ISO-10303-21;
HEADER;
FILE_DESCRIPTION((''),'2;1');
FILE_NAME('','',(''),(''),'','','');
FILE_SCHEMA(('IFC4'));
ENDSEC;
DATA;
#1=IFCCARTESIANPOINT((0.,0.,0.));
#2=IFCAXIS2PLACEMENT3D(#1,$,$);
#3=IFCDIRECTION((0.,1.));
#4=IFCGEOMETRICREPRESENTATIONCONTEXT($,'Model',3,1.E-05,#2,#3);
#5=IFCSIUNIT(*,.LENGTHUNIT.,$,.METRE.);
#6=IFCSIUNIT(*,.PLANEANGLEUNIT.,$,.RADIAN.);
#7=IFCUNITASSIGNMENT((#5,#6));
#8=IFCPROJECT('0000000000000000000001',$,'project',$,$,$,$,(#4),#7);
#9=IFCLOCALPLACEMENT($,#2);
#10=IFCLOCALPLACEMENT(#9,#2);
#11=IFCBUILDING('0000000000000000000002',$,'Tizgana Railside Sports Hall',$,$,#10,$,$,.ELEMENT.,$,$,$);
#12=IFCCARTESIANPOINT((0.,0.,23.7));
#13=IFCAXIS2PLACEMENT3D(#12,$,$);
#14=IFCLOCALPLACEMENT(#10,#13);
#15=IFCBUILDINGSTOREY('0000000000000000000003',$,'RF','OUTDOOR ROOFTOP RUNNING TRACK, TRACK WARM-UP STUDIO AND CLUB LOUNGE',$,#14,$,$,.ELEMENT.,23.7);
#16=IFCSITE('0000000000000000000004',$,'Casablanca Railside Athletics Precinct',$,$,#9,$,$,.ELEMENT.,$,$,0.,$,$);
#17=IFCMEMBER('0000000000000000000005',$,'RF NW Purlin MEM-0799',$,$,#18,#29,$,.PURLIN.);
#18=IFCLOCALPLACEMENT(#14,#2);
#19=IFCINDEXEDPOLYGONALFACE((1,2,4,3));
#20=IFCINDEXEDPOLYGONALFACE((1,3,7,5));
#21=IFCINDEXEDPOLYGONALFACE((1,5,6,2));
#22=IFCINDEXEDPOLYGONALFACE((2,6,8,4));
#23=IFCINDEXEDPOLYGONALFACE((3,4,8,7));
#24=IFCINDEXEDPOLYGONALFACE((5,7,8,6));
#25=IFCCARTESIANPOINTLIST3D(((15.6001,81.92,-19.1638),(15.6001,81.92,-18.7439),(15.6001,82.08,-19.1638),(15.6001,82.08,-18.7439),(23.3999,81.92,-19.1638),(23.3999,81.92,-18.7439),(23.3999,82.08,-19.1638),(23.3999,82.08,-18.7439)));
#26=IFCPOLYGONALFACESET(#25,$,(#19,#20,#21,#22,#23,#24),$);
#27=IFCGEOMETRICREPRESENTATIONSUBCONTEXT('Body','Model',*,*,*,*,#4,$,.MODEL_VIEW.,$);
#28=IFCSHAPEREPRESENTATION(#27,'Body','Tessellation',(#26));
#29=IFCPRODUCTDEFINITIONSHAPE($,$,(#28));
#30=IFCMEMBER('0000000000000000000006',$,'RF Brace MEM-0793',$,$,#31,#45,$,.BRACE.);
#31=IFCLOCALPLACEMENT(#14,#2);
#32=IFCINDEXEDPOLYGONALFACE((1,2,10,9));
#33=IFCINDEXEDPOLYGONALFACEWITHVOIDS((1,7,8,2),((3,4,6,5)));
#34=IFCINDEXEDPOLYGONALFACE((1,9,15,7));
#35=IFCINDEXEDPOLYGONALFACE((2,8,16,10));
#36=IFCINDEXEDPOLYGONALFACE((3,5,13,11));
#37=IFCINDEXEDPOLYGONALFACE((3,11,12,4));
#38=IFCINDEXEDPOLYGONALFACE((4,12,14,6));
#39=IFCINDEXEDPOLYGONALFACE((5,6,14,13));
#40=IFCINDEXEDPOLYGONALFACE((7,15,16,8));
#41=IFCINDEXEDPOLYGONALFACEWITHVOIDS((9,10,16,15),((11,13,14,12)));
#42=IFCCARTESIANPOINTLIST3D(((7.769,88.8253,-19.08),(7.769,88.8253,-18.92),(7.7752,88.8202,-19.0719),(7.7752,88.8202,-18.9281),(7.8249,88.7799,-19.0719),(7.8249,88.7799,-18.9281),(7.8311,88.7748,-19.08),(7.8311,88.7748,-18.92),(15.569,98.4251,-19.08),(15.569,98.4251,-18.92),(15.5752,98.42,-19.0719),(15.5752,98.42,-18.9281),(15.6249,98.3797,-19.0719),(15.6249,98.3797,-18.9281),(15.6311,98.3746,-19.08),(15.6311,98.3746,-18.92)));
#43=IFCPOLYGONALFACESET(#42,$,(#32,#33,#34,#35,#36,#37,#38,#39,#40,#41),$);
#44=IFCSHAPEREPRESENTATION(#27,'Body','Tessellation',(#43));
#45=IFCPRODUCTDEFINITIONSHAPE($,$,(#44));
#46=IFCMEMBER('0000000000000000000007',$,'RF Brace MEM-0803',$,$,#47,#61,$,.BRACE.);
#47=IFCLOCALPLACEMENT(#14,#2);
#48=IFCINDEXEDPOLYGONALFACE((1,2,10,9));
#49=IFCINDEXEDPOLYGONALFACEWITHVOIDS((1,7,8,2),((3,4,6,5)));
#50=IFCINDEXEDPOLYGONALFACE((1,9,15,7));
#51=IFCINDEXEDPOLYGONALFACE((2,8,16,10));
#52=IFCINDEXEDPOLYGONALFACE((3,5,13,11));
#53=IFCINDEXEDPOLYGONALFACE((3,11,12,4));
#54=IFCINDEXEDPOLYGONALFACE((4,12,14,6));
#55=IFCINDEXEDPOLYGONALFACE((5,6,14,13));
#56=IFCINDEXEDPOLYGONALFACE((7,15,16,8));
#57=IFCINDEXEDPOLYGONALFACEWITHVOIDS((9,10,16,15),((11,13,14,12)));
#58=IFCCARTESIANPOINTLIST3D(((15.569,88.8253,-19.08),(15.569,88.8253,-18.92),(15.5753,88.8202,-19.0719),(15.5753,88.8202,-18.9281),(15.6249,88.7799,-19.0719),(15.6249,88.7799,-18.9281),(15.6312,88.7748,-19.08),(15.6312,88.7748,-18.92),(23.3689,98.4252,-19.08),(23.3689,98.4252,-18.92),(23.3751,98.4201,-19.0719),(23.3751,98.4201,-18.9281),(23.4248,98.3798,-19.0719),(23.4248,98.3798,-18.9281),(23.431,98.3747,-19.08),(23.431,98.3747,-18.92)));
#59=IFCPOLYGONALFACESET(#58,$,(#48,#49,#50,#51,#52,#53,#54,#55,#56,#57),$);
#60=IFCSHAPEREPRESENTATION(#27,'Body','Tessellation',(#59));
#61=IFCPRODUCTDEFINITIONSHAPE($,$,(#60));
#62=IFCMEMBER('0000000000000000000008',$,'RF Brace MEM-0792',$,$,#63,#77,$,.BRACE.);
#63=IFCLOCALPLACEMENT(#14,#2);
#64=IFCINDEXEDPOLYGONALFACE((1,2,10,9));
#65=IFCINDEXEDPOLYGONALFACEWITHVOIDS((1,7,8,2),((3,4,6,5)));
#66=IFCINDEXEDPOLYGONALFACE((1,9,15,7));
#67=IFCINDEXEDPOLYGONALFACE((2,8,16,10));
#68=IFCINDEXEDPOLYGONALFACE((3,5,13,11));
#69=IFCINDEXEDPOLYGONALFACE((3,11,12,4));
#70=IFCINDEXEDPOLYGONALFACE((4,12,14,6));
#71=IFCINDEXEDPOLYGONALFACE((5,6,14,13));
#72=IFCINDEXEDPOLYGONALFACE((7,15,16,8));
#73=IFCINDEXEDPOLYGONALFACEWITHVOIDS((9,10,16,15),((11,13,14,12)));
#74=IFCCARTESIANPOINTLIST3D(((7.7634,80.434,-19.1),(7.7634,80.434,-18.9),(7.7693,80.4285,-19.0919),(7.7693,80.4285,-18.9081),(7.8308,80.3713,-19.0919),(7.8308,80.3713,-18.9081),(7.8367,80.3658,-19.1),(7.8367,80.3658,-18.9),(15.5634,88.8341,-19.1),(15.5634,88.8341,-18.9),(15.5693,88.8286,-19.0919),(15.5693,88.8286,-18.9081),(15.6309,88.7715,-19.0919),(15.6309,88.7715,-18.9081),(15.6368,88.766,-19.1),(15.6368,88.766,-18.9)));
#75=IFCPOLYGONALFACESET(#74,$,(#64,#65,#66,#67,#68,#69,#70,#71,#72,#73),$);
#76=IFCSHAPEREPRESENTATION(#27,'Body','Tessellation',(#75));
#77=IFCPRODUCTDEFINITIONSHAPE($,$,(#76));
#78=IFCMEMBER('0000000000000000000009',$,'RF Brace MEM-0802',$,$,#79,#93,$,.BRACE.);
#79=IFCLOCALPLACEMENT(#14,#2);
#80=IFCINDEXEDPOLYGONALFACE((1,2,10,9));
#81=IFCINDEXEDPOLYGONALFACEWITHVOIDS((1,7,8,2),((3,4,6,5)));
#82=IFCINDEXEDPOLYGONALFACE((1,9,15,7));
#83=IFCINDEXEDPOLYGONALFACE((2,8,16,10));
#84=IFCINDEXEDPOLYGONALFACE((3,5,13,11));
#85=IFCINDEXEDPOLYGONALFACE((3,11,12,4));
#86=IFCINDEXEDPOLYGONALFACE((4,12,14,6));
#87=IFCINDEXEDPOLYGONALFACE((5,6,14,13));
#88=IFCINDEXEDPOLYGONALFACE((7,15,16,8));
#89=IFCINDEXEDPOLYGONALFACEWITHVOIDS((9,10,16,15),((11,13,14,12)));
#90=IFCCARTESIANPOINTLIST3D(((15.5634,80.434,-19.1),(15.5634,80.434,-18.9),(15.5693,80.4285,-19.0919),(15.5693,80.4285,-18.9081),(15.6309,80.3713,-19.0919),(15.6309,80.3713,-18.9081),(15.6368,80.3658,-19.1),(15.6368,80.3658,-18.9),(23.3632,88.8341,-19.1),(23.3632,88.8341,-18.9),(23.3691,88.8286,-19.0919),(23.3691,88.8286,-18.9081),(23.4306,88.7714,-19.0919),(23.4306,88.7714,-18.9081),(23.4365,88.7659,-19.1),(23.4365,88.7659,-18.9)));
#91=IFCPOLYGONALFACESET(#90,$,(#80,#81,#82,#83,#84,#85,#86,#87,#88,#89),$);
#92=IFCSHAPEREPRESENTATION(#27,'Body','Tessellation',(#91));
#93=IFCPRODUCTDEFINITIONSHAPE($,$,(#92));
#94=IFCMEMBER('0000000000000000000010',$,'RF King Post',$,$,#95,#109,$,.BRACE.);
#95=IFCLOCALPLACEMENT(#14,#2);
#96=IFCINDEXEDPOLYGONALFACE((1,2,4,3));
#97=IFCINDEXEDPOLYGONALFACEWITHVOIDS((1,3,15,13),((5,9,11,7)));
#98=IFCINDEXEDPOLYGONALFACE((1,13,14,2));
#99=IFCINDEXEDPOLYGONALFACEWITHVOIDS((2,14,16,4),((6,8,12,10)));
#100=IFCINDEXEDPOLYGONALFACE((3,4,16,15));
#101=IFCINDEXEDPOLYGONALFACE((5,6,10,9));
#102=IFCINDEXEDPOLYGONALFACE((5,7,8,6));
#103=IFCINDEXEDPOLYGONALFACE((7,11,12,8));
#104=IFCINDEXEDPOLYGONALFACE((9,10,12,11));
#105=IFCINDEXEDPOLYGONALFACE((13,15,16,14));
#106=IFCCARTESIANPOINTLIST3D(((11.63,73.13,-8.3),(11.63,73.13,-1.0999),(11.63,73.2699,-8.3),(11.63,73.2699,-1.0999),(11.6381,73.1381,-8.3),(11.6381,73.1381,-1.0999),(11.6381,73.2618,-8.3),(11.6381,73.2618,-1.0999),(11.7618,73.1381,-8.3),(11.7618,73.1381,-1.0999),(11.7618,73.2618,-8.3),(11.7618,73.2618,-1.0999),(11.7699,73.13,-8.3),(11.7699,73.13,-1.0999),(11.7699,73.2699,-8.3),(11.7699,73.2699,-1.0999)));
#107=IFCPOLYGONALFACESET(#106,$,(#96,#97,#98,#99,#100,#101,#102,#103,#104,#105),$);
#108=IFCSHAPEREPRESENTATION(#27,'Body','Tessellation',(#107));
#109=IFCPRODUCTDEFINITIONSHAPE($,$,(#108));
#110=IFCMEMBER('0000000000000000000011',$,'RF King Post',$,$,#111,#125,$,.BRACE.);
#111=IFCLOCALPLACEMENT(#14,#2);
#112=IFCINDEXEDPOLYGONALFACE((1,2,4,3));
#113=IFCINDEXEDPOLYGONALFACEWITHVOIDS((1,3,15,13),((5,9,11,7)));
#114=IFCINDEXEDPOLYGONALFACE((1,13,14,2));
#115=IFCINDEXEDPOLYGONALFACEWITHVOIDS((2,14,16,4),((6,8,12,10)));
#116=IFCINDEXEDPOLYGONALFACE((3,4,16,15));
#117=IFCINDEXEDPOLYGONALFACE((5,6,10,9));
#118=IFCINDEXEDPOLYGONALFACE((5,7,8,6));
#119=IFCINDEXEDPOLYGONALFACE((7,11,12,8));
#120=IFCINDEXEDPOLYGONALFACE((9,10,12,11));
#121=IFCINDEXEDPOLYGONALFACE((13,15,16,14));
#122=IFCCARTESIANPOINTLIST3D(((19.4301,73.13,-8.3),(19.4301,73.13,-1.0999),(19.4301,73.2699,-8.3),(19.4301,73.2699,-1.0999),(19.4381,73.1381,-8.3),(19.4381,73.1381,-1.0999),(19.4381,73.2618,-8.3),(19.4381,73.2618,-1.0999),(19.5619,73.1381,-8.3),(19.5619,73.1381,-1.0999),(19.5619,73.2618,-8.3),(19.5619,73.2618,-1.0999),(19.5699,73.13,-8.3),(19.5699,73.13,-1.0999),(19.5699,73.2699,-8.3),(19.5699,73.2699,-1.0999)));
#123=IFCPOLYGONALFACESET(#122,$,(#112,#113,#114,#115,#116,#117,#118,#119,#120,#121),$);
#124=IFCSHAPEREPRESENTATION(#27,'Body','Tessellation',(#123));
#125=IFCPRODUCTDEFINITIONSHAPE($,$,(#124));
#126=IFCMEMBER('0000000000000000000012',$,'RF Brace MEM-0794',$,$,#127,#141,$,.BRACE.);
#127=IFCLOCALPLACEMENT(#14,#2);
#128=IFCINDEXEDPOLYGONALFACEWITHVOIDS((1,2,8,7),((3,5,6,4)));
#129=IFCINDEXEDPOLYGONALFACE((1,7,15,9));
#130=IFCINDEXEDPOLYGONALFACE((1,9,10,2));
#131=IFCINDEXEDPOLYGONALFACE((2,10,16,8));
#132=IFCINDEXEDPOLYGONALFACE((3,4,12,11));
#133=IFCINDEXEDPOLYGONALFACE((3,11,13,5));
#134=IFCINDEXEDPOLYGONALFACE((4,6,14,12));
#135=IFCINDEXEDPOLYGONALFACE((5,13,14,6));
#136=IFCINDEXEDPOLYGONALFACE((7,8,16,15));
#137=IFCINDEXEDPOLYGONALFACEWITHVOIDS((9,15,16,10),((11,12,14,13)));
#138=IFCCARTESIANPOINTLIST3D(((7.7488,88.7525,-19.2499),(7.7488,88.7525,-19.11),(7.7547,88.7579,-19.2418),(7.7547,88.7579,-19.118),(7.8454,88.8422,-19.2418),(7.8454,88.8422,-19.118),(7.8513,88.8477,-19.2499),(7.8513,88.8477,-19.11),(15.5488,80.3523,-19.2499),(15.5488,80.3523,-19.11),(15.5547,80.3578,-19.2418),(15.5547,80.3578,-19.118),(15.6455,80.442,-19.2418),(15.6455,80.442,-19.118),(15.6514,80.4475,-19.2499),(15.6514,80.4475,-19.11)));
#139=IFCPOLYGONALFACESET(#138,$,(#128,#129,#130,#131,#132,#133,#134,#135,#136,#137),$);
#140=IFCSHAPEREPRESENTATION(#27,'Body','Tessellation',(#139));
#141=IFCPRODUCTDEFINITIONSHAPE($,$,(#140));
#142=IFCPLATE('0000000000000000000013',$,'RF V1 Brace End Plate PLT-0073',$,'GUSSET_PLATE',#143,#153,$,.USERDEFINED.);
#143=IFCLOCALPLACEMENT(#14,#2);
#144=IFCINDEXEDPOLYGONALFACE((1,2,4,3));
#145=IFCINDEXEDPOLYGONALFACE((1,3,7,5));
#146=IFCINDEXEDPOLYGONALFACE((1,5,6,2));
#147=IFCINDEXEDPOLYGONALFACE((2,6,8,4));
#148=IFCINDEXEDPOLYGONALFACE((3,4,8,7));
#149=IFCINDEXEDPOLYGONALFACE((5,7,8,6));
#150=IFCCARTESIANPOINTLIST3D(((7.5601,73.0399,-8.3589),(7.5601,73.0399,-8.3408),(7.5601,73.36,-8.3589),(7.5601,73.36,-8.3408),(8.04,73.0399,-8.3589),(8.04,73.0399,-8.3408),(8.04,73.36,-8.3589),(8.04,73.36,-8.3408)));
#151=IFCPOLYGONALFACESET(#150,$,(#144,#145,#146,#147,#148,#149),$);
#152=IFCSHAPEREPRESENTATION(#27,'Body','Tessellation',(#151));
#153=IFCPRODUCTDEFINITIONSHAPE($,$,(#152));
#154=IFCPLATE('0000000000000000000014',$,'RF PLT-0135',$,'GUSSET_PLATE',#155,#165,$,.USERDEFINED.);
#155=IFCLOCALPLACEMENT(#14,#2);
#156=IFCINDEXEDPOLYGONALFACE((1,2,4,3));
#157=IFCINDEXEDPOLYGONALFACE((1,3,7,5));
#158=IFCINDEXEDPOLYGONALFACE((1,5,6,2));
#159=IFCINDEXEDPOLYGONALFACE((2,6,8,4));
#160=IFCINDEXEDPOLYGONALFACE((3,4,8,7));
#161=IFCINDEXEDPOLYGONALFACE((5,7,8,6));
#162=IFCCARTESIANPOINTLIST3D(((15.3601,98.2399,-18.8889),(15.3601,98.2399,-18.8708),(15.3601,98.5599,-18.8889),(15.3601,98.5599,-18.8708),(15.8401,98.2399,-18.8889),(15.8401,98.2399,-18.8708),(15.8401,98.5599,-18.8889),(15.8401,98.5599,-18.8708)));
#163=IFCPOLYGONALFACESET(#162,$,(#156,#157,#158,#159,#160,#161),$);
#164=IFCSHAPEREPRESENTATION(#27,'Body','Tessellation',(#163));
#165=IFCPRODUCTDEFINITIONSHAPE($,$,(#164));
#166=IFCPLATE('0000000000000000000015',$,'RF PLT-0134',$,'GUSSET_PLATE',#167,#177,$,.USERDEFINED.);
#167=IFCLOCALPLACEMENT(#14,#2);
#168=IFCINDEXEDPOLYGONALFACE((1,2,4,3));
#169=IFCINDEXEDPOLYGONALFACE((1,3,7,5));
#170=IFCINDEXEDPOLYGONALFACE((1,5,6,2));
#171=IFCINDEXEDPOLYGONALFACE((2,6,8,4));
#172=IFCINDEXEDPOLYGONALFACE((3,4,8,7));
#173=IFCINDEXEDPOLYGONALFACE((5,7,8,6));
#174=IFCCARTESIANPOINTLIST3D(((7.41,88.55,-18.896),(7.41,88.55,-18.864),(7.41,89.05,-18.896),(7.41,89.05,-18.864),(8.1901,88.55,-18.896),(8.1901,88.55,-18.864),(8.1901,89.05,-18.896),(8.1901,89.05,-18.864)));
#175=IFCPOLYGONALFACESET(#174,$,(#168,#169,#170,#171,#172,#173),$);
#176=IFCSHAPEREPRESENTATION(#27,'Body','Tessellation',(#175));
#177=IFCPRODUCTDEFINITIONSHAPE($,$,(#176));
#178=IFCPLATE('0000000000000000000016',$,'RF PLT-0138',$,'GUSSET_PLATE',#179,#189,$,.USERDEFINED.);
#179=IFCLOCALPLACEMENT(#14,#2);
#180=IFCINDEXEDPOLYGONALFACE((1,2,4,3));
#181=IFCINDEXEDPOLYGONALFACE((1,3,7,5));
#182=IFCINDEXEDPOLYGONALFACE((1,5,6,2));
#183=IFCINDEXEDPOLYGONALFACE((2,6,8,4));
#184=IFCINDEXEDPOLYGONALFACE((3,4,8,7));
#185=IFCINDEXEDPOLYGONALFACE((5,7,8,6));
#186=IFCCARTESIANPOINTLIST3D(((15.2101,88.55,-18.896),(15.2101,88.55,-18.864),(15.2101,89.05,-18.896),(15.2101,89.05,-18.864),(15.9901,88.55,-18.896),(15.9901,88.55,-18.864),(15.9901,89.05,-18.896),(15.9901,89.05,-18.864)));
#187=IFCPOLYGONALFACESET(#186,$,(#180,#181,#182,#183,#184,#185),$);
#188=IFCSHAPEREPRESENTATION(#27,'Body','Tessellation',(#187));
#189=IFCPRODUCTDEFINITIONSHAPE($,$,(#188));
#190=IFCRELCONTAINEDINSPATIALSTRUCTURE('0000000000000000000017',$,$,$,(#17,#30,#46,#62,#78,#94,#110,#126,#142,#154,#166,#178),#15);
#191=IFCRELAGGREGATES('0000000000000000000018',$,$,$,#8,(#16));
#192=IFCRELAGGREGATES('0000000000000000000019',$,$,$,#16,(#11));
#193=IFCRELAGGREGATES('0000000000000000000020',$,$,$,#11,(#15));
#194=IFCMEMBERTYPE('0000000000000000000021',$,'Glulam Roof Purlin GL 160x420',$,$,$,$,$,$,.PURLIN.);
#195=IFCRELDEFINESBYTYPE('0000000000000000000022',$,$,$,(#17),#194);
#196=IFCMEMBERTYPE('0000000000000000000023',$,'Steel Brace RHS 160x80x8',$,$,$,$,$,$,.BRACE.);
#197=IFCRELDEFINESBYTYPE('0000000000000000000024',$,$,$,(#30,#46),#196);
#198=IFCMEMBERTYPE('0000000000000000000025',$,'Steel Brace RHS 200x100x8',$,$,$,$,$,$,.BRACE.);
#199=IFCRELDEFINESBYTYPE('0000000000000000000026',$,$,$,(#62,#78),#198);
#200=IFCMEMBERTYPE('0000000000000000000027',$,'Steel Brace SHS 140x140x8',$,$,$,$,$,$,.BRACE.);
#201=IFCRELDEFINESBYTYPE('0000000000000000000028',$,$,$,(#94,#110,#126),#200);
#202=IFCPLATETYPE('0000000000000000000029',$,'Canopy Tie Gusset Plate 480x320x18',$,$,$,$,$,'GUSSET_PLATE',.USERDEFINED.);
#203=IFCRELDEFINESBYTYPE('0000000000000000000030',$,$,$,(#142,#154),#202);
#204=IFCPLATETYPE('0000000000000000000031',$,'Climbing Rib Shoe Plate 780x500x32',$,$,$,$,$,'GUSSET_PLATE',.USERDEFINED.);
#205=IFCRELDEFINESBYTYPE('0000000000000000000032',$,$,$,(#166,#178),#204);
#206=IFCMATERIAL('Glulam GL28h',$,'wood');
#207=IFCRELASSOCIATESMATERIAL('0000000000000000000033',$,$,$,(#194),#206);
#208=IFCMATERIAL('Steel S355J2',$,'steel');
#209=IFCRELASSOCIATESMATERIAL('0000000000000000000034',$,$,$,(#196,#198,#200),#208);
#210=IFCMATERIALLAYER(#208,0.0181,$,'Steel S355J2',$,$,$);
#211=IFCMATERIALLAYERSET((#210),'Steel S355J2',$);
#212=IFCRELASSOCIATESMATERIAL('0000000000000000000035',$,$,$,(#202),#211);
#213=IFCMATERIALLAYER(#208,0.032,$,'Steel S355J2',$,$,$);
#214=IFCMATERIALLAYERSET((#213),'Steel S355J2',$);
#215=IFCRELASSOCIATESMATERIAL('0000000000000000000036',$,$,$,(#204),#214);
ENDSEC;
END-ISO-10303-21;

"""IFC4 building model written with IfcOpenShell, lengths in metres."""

from ifc_helpers import new_model, si_unit, direction, frame, origin, origin_2d, place, context, subcontext, project, spatial, rectangle, hollow_rectangle, extrude, material, layer, layer_set, material_profile, profile_set, type_object, element, save


model = new_model("IFC4")

# Units and contexts
model_context = context("Model", 3, precision=1e-05, world=origin(), true_north=direction((0.0, 1.0)))
body_context = subcontext(model_context, "Body", "Model", "MODEL_VIEW")
ifc_project = project(units=[si_unit("LENGTHUNIT", "METRE"), si_unit("PLANEANGLEUNIT", "RADIAN")], contexts=[model_context])

# Site, building, storey
site_placement = place(None, origin())
site = spatial("IfcSite", under=ifc_project, at=site_placement, Name="Casablanca Railside Athletics Precinct", CompositionType="ELEMENT", RefElevation=0.0)
building_placement = place(site_placement, origin())
building = spatial("IfcBuilding", under=site, at=building_placement, Name="Tizgana Railside Sports Hall", CompositionType="ELEMENT")
storey_placement = place(building_placement, frame((0.0, 0.0, 23.7)))
storey = spatial("IfcBuildingStorey", under=building, at=storey_placement, Name="RF", Description="OUTDOOR ROOFTOP RUNNING TRACK, TRACK WARM-UP STUDIO AND CLUB LOUNGE", CompositionType="ELEMENT", Elevation=23.7)

# Members
ifc_material_1 = material(Name="Glulam GL28h", Category="wood")
ifc_material_profile_1 = material_profile(ifc_material_1, rectangle(XDim=0.1599, YDim=0.4199, at=origin_2d()), Name="GL 160x420")
ifc_profile_set_1 = profile_set([ifc_material_profile_1], Name="Glulam GL28h")
member_type_1 = type_object("IfcMemberType", Name="Glulam Roof Purlin GL 160x420", PredefinedType="PURLIN", material=ifc_profile_set_1)
member_1_placement = place(storey_placement, frame((15.6001, 82.0, -18.9539), z_axis=(1.0, 0.0, 0.0), x_axis=(0.0, 1.0, 0.0)))
element("IfcMember", 1, at=member_1_placement, inside=storey, type_object=member_type_1, Name="RF NW Purlin MEM-0799", PredefinedType="PURLIN", context=body_context, shape_type="SweptSolid", body=[
    extrude(rectangle(XDim=0.1599, YDim=0.4199, at=origin_2d()), origin(), (0.0, 0.0, 1.0), 7.7998),
])
ifc_material_2 = material(Name="Steel S355J2", Category="steel")
ifc_material_profile_2 = material_profile(ifc_material_2, hollow_rectangle(XDim=0.0801, YDim=0.1599, WallThickness=0.0081, at=origin_2d()), Name="RHS 160x80x8")
ifc_profile_set_2 = profile_set([ifc_material_profile_2], Name="Steel S355J2")
member_type_2 = type_object("IfcMemberType", Name="Steel Brace RHS 160x80x8", PredefinedType="BRACE", material=ifc_profile_set_2)
for number, where, z_axis, x_axis, name in (
    (2, (7.8, 88.8, -19.0), (0.630601, 0.776107, 0.0), (-0.776107, 0.630601, 0.0), "RF Brace MEM-0793"),
    (3, (15.6001, 88.8, -19.0), (0.630589, 0.776117, 0.0), (-0.776117, 0.630589, 0.0), "RF Brace MEM-0803"),
):
    element("IfcMember", number, at=place(storey_placement, frame(where, z_axis=z_axis, x_axis=x_axis)), inside=storey, type_object=member_type_2, Name=name, PredefinedType="BRACE", context=body_context, shape_type="SweptSolid", body=[
        extrude(hollow_rectangle(XDim=0.0801, YDim=0.1599, WallThickness=0.0081, at=origin_2d()), origin(), (0.0, 0.0, 1.0), 12.3691),
    ])
ifc_material_profile_3 = material_profile(ifc_material_2, hollow_rectangle(XDim=0.1001, YDim=0.2, WallThickness=0.0081, at=origin_2d()), Name="RHS 200x100x8")
ifc_profile_set_3 = profile_set([ifc_material_profile_3], Name="Steel S355J2")
member_type_3 = type_object("IfcMemberType", Name="Steel Brace RHS 200x100x8", PredefinedType="BRACE", material=ifc_profile_set_3)
member_2_placement = place(storey_placement, frame((7.8, 80.3999, -19.0), z_axis=(0.680447, 0.732797, 0.0), x_axis=(-0.732797, 0.680447, 0.0)))
element("IfcMember", 4, at=member_2_placement, inside=storey, type_object=member_type_3, Name="RF Brace MEM-0792", PredefinedType="BRACE", context=body_context, shape_type="SweptSolid", body=[
    extrude(hollow_rectangle(XDim=0.1001, YDim=0.2, WallThickness=0.0081, at=origin_2d()), origin(), (0.0, 0.0, 1.0), 11.4631),
])
member_3_placement = place(storey_placement, frame((15.6001, 80.3999, -19.0), z_axis=(0.680436, 0.732808, 0.0), x_axis=(-0.732808, 0.680436, 0.0)))
element("IfcMember", 5, at=member_3_placement, inside=storey, type_object=member_type_3, Name="RF Brace MEM-0802", PredefinedType="BRACE", context=body_context, shape_type="SweptSolid", body=[
    extrude(hollow_rectangle(XDim=0.1001, YDim=0.2, WallThickness=0.0081, at=origin_2d()), origin(), (0.0, 0.0, 1.0), 11.4629),
])
ifc_material_profile_4 = material_profile(ifc_material_2, hollow_rectangle(XDim=0.1399, YDim=0.1399, WallThickness=0.0081, at=origin_2d()), Name="SHS 140x140x8")
ifc_profile_set_4 = profile_set([ifc_material_profile_4], Name="Steel S355J2")
member_type_4 = type_object("IfcMemberType", Name="Steel Brace SHS 140x140x8", PredefinedType="BRACE", material=ifc_profile_set_4)
for number, where, z_axis, x_axis, name in (
    (6, (11.7, 73.2, -8.3), (0.0, 0.0, 1.0), (1.0, 0.0, 0.0), "RF King Post"),
    (7, (19.5, 73.2, -8.3), (0.0, 0.0, 1.0), (1.0, 0.0, 0.0), "RF King Post"),
):
    element("IfcMember", number, at=place(storey_placement, frame(where, z_axis=z_axis, x_axis=x_axis)), inside=storey, type_object=member_type_4, Name=name, PredefinedType="BRACE", context=body_context, shape_type="SweptSolid", body=[
        extrude(hollow_rectangle(XDim=0.1399, YDim=0.1399, WallThickness=0.0081, at=origin_2d()), origin(), (0.0, 0.0, 1.0), 7.2002),
    ])
member_4_placement = place(storey_placement, frame((15.6001, 80.3999, -19.1799), z_axis=(-0.680447, 0.732797, 0.0), x_axis=(-0.732797, -0.680447, 0.0)))
element("IfcMember", 8, at=member_4_placement, inside=storey, type_object=member_type_4, Name="RF Brace MEM-0794", PredefinedType="BRACE", context=body_context, shape_type="SweptSolid", body=[
    extrude(hollow_rectangle(XDim=0.1399, YDim=0.1399, WallThickness=0.0081, at=origin_2d()), origin(), (0.0, 0.0, 1.0), 11.4631),
])

# Plates
ifc_layer_1 = layer(ifc_material_2, 0.0181, Name="Steel S355J2")
ifc_layer_set_1 = layer_set([ifc_layer_1], Name="Steel S355J2")
plate_type_1 = type_object("IfcPlateType", Name="Canopy Tie Gusset Plate 480x320x18", ElementType="GUSSET_PLATE", PredefinedType="USERDEFINED", material=ifc_layer_set_1)
for number, where, z_axis, x_axis, name in (
    (9, (7.8, 73.2, -8.3589), (0.0, 0.0, 1.0), (1.0, 0.0, 0.0), "RF V1 Brace End Plate PLT-0073"),
    (10, (15.6001, 98.3999, -18.8889), (0.0, 0.0, 1.0), (1.0, 0.0, 0.0), "RF PLT-0135"),
):
    element("IfcPlate", number, at=place(storey_placement, frame(where, z_axis=z_axis, x_axis=x_axis)), inside=storey, type_object=plate_type_1, Name=name, ObjectType="GUSSET_PLATE", PredefinedType="USERDEFINED", context=body_context, shape_type="SweptSolid", body=[
        extrude(rectangle(XDim=0.48, YDim=0.3201, at=origin_2d()), origin(), (0.0, 0.0, 1.0), 0.0181),
    ])
ifc_layer_2 = layer(ifc_material_2, 0.032, Name="Steel S355J2")
ifc_layer_set_2 = layer_set([ifc_layer_2], Name="Steel S355J2")
plate_type_2 = type_object("IfcPlateType", Name="Climbing Rib Shoe Plate 780x500x32", ElementType="GUSSET_PLATE", PredefinedType="USERDEFINED", material=ifc_layer_set_2)
for number, where, z_axis, x_axis, name in (
    (11, (7.8, 88.8, -18.896), (0.0, 0.0, 1.0), (1.0, 0.0, 0.0), "RF PLT-0134"),
    (12, (15.6001, 88.8, -18.896), (0.0, 0.0, 1.0), (1.0, 0.0, 0.0), "RF PLT-0138"),
):
    element("IfcPlate", number, at=place(storey_placement, frame(where, z_axis=z_axis, x_axis=x_axis)), inside=storey, type_object=plate_type_2, Name=name, ObjectType="GUSSET_PLATE", PredefinedType="USERDEFINED", context=body_context, shape_type="SweptSolid", body=[
        extrude(rectangle(XDim=0.78, YDim=0.5, at=origin_2d()), origin(), (0.0, 0.0, 1.0), 0.032),
    ])

save(model, "model.ifc")
